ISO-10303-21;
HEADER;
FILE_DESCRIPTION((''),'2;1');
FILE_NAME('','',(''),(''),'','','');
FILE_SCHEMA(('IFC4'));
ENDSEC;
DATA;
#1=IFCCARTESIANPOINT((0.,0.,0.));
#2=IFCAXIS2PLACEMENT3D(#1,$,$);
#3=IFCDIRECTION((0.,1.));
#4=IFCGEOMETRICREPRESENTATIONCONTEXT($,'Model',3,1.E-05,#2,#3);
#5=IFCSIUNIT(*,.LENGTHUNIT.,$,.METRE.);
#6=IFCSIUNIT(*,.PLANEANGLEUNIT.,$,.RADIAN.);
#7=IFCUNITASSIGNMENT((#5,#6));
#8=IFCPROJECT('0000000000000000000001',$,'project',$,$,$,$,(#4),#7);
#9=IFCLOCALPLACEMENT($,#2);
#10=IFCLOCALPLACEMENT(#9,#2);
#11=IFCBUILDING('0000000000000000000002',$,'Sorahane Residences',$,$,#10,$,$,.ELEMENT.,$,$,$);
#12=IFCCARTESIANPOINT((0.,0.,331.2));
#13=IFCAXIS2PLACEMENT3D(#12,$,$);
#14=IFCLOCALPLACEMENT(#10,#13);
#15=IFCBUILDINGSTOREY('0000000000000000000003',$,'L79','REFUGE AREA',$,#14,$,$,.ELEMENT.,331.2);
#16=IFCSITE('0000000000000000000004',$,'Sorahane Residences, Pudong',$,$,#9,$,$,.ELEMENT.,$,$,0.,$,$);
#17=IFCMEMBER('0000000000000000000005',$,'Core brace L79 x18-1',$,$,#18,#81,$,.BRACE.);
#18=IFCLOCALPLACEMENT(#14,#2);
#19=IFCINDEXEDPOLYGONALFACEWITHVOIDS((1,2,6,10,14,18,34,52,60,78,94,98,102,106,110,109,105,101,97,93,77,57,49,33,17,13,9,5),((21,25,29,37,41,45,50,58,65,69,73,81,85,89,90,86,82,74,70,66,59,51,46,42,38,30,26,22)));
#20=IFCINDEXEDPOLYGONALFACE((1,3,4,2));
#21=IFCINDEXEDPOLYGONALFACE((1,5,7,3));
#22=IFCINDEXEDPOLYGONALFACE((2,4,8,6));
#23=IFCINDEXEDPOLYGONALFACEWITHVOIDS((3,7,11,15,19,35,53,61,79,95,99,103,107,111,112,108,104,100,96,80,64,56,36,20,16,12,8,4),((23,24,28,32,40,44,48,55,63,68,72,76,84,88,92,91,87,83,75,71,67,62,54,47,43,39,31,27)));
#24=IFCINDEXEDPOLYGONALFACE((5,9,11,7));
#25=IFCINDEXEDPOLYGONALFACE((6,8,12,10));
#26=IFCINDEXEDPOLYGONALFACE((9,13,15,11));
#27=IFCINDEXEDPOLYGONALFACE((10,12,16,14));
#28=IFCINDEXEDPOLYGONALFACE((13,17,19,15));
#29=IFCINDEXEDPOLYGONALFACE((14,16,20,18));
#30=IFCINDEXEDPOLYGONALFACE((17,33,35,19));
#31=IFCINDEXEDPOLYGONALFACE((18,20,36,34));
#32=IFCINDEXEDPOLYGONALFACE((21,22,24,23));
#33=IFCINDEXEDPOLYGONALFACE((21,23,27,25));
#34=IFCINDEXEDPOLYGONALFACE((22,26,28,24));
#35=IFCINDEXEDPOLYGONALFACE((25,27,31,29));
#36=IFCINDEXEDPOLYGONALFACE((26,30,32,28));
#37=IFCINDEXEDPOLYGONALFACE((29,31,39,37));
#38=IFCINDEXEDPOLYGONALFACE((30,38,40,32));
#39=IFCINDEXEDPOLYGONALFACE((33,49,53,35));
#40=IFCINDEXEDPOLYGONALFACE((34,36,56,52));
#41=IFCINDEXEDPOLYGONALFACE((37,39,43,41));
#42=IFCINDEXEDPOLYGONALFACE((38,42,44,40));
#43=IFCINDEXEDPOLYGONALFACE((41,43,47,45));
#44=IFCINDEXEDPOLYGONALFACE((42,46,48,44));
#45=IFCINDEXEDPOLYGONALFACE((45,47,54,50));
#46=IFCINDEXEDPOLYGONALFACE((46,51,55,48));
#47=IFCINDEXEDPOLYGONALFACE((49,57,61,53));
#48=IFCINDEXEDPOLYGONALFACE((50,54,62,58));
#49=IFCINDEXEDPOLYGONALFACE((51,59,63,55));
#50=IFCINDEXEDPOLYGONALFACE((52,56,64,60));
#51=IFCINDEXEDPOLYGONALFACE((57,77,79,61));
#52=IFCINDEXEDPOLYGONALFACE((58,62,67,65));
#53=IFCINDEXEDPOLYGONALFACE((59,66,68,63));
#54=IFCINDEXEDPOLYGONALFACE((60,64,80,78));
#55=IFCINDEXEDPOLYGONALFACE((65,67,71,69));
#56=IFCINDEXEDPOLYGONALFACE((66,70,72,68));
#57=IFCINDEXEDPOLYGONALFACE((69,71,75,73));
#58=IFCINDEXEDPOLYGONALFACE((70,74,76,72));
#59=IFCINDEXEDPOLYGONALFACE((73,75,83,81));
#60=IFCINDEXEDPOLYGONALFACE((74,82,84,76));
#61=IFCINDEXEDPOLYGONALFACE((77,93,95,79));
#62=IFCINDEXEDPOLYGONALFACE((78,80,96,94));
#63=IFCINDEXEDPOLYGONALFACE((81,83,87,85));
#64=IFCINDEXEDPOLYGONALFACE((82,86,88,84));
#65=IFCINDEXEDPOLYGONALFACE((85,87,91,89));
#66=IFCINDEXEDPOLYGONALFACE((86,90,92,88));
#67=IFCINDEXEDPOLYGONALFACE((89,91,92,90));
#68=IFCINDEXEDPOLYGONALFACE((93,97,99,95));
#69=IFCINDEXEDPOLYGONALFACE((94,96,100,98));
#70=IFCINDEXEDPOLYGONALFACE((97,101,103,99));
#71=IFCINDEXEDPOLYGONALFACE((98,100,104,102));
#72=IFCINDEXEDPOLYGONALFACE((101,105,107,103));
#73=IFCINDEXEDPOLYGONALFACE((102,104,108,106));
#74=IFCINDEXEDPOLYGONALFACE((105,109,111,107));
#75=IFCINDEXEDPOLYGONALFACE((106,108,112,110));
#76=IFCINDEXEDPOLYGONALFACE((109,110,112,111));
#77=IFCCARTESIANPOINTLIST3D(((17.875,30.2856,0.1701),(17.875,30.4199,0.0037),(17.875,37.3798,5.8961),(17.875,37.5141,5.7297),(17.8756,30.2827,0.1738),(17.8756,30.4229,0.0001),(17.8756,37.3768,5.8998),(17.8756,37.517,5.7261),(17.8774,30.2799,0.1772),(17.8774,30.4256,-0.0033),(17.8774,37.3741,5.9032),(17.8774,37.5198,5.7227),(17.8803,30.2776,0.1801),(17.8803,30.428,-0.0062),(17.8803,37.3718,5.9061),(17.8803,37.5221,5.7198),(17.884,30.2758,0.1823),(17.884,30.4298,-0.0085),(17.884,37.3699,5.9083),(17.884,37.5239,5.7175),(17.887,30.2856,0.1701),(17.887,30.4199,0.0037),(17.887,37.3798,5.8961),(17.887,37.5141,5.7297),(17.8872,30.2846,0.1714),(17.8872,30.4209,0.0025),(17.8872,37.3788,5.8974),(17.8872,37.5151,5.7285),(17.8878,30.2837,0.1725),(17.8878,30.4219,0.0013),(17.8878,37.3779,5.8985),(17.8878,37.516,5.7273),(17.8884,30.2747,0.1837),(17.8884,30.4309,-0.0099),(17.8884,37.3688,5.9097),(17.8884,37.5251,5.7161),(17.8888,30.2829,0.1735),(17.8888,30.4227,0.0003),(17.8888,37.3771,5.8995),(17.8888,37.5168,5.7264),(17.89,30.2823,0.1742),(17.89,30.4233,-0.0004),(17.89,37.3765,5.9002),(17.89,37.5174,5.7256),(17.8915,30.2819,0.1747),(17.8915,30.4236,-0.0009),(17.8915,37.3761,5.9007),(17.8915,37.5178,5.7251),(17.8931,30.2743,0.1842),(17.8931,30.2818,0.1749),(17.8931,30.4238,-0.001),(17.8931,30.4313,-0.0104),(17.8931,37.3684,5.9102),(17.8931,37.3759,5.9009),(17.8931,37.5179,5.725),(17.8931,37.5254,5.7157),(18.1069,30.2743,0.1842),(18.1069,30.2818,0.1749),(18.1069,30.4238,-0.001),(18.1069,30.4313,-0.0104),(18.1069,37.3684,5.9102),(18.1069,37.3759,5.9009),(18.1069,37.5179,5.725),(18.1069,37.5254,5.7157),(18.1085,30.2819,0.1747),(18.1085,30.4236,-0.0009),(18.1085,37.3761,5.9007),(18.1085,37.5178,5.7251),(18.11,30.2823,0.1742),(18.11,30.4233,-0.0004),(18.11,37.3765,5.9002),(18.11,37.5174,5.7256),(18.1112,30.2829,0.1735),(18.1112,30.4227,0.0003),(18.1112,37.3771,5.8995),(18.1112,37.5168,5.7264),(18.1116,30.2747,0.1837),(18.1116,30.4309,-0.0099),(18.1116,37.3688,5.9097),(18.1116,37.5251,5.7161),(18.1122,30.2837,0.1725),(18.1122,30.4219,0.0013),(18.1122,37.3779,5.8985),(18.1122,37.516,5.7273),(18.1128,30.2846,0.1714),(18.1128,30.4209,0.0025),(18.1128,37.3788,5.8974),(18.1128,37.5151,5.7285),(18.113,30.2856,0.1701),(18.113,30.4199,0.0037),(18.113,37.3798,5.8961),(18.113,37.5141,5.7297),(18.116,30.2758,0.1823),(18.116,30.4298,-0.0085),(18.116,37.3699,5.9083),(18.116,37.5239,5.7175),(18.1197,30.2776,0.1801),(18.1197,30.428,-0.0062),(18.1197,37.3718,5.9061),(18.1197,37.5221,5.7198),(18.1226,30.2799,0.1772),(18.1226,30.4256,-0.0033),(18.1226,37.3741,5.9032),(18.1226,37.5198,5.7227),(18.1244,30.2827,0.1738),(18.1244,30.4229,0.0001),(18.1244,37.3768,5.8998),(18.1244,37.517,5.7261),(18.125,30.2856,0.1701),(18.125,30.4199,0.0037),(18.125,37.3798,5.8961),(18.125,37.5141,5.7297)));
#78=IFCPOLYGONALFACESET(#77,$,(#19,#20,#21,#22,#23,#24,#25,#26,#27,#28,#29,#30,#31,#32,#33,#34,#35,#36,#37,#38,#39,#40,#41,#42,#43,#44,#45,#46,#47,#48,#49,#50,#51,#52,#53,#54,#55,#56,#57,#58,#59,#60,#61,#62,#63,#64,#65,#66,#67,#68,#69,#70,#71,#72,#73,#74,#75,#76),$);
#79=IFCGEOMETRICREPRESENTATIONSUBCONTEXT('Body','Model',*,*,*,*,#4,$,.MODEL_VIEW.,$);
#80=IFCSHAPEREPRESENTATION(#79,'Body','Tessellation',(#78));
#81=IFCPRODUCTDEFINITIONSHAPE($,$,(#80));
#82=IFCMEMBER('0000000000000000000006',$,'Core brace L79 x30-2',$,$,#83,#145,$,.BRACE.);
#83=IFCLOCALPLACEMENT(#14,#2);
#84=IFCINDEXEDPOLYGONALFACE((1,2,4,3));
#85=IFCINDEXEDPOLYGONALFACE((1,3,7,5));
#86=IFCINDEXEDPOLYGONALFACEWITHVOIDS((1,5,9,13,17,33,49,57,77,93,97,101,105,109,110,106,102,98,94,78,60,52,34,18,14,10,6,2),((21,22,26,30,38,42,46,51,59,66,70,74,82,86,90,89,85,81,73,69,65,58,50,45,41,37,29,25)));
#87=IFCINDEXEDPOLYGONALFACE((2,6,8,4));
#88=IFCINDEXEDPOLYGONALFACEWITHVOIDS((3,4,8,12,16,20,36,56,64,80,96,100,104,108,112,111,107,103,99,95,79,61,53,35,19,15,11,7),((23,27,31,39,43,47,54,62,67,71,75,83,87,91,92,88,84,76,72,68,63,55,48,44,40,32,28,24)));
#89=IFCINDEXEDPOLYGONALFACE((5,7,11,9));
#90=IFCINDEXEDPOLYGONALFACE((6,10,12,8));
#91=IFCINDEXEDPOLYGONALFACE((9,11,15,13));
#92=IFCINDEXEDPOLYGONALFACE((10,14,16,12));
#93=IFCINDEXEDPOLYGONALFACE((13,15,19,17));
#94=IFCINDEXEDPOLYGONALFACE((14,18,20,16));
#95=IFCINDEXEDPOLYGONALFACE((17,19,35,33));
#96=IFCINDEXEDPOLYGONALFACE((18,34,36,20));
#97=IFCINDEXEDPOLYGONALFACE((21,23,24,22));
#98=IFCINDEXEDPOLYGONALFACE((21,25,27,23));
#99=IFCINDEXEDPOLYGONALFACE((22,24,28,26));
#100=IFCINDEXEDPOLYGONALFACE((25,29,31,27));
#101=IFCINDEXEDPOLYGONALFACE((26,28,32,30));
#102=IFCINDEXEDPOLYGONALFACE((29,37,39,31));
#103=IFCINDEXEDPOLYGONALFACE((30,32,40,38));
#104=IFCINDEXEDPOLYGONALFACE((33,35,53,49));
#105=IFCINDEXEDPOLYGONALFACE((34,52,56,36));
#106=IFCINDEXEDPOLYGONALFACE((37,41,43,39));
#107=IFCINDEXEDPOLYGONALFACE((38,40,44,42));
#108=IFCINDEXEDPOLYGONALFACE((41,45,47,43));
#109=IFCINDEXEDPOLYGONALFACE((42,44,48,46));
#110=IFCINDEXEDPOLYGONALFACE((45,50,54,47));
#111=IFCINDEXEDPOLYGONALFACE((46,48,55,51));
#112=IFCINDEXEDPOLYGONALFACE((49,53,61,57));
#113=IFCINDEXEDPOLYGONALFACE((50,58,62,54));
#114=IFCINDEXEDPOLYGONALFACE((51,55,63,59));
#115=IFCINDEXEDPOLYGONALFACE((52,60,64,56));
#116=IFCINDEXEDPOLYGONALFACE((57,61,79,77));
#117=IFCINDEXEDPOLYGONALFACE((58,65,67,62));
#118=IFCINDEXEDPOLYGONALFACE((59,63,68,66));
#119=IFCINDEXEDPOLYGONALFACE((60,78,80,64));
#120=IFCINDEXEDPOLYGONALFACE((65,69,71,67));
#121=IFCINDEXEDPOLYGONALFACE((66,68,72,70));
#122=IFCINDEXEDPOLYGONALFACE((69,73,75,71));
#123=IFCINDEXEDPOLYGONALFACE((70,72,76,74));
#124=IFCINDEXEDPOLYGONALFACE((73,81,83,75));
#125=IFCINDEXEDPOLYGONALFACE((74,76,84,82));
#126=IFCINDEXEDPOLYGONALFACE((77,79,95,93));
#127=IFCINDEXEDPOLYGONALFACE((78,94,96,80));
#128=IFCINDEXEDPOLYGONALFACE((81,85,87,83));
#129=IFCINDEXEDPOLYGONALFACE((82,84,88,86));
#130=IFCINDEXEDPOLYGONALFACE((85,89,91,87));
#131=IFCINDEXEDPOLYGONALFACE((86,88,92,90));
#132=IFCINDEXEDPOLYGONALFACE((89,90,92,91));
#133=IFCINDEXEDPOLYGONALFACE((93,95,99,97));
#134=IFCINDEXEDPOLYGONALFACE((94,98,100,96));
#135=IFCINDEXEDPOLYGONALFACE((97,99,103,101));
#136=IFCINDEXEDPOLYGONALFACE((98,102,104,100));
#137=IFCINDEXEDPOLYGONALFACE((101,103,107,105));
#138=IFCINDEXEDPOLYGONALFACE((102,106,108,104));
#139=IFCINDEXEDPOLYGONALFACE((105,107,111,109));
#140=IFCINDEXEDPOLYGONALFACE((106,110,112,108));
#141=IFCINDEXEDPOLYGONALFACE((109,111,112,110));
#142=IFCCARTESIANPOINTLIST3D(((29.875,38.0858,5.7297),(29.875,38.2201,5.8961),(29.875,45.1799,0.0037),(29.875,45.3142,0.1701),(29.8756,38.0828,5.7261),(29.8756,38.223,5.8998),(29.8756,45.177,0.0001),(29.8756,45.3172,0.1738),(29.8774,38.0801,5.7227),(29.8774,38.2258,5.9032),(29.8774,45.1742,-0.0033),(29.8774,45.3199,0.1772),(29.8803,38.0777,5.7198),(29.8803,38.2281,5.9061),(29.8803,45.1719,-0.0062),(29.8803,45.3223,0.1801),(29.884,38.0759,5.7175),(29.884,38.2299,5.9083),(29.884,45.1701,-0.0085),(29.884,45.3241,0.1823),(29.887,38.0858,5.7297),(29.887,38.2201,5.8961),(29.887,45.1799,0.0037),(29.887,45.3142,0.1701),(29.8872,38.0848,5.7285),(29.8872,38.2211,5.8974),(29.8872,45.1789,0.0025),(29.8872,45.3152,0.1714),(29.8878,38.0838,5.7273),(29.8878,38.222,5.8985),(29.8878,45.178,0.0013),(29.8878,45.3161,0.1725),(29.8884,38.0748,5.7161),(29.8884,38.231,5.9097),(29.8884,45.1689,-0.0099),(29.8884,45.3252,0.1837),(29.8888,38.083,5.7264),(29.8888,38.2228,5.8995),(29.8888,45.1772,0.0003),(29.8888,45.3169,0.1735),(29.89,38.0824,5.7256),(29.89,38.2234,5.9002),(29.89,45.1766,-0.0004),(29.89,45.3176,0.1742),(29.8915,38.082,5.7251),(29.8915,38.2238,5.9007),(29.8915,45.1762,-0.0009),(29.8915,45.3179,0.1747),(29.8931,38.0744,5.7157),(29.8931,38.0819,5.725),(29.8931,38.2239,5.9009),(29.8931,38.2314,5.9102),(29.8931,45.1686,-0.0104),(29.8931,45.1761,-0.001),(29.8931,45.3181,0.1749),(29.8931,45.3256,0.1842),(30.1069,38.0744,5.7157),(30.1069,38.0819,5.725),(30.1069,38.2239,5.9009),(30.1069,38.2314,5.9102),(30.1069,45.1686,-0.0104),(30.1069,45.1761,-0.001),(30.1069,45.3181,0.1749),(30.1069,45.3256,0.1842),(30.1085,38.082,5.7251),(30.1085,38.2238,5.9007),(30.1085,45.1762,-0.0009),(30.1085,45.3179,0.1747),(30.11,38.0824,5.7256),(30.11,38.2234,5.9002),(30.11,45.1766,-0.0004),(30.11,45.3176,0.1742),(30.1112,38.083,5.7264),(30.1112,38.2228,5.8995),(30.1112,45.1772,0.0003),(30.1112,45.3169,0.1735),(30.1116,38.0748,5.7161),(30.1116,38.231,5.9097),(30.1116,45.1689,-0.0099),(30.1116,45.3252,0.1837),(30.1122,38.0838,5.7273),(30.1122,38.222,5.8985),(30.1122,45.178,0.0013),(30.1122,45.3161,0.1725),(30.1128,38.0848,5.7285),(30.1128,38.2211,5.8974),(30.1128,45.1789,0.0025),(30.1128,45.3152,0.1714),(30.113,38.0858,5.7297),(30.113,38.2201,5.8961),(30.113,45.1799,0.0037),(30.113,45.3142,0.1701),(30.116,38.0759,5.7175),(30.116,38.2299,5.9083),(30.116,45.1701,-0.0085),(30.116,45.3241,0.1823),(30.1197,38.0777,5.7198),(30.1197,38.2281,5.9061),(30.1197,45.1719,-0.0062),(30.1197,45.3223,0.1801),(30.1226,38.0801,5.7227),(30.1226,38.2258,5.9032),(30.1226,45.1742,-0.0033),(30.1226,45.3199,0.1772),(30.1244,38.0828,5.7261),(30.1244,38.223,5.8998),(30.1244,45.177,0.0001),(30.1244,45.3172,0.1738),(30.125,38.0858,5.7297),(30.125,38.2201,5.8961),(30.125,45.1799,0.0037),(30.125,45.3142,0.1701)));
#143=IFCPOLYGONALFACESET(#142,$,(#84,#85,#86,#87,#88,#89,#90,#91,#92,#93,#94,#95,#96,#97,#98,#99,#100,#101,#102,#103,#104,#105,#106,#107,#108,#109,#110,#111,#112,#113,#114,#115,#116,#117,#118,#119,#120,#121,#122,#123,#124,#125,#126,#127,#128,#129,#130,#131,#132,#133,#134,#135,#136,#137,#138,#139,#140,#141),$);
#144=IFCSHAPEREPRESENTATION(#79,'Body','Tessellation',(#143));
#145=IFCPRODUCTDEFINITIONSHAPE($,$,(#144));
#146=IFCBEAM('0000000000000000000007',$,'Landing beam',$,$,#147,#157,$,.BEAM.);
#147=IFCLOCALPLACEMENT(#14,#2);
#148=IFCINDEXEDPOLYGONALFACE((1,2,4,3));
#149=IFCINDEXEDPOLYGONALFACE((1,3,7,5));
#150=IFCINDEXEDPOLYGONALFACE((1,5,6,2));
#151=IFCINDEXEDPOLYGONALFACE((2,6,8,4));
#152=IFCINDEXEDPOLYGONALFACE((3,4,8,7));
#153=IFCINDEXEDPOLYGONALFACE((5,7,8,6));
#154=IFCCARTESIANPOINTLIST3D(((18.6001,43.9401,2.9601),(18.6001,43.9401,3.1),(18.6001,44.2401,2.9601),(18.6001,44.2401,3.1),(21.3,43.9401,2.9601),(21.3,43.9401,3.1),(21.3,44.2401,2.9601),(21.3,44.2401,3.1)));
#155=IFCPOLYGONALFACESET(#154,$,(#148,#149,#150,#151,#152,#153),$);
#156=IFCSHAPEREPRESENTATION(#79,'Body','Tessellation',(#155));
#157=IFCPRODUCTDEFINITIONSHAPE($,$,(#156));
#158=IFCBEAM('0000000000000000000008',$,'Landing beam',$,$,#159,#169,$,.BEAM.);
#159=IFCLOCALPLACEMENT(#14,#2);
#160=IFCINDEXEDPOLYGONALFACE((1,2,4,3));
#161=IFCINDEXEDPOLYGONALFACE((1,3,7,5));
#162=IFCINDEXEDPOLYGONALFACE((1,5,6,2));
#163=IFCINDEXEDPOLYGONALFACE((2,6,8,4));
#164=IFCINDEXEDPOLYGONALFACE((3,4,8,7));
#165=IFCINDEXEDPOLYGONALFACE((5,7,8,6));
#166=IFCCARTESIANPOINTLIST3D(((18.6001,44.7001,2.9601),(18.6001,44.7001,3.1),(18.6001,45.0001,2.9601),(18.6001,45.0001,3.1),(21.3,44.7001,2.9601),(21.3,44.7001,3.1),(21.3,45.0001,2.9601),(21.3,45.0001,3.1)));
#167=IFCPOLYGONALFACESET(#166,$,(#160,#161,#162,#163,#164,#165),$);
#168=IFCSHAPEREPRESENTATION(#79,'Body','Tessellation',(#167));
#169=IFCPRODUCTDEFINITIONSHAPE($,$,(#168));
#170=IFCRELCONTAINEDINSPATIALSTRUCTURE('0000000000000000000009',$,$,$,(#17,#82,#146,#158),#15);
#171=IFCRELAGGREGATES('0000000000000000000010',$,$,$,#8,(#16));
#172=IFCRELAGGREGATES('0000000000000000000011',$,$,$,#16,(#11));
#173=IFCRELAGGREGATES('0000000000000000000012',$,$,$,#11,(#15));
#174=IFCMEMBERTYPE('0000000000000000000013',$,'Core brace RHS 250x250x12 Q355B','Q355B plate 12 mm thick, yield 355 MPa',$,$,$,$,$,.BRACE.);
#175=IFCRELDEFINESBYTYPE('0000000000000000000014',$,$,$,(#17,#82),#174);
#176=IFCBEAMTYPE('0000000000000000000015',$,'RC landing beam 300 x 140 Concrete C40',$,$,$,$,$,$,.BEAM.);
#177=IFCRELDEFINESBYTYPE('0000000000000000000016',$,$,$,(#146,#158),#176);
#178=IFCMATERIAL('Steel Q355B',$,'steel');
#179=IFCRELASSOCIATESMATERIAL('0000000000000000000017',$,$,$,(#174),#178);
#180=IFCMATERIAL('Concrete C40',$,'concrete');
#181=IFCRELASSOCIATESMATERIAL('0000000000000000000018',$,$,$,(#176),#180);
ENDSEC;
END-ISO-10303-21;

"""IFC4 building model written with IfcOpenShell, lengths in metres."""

from ifc_helpers import new_model, si_unit, direction, frame, origin, origin_2d, place, context, subcontext, project, spatial, rectangle, hollow_rectangle, extrude, material, material_profile, profile_set, type_object, element, save


model = new_model("IFC4")

# Units and contexts
model_context = context("Model", 3, precision=1e-05, world=origin(), true_north=direction((0.0, 1.0)))
body_context = subcontext(model_context, "Body", "Model", "MODEL_VIEW")
ifc_project = project(units=[si_unit("LENGTHUNIT", "METRE"), si_unit("PLANEANGLEUNIT", "RADIAN")], contexts=[model_context])

# Site, building, storey
site_placement = place(None, origin())
site = spatial("IfcSite", under=ifc_project, at=site_placement, Name="Sorahane Residences, Pudong", CompositionType="ELEMENT", RefElevation=0.0)
building_placement = place(site_placement, origin())
building = spatial("IfcBuilding", under=site, at=building_placement, Name="Sorahane Residences", CompositionType="ELEMENT")
storey_placement = place(building_placement, frame((0.0, 0.0, 331.2)))
storey = spatial("IfcBuildingStorey", under=building, at=storey_placement, Name="L79", Description="REFUGE AREA", CompositionType="ELEMENT", Elevation=331.2)

# Members
ifc_material_1 = material(Name="Steel Q355B", Category="steel")
ifc_material_profile_1 = material_profile(ifc_material_1, hollow_rectangle(XDim=0.25, YDim=0.25, WallThickness=0.012, InnerFilletRadius=0.0061, OuterFilletRadius=0.0181, at=origin_2d()), Name="RHS 250x250x12")
ifc_profile_set_1 = profile_set([ifc_material_profile_1], Name="Steel Q355B")
member_type = type_object("IfcMemberType", Name="Core brace RHS 250x250x12 Q355B", Description="Q355B plate 12 mm thick, yield 355 MPa", PredefinedType="BRACE", material=ifc_profile_set_1)
for number, where, z_axis, x_axis, name in (
    (1, (18.0, 30.3528, 0.0869), (0.0, 0.77815, 0.628079), (-1.0, 0.0, 0.0), "Core brace L79 x18-1"),
    (2, (30.0, 45.2471, 0.0869), (0.0, -0.77815, 0.628079), (1.0, 0.0, 0.0), "Core brace L79 x30-2"),
):
    element("IfcMember", number, at=place(storey_placement, frame(where, z_axis=z_axis, x_axis=x_axis)), inside=storey, type_object=member_type, Name=name, PredefinedType="BRACE", context=body_context, shape_type="SweptSolid", body=[
        extrude(hollow_rectangle(XDim=0.25, YDim=0.25, WallThickness=0.012, InnerFilletRadius=0.0061, OuterFilletRadius=0.0181, at=origin_2d()), origin(), (0.0, 0.0, 1.0), 9.1167),
    ])

# Beams
ifc_material_2 = material(Name="Concrete C40", Category="concrete")
ifc_material_profile_2 = material_profile(ifc_material_2, rectangle(XDim=0.3, YDim=0.1399, at=origin_2d()), Name="300x140")
ifc_profile_set_2 = profile_set([ifc_material_profile_2], Name="Concrete C40")
beam_type_1 = type_object("IfcBeamType", Name="RC landing beam 300 x 140 Concrete C40", PredefinedType="BEAM", material=ifc_profile_set_2)
for number, where, z_axis, x_axis, name in (
    (3, (18.6001, 44.0901, 3.03), (1.0, 0.0, 0.0), (0.0, 1.0, 0.0), "Landing beam"),
    (4, (18.6001, 44.8501, 3.03), (1.0, 0.0, 0.0), (0.0, 1.0, 0.0), "Landing beam"),
):
    element("IfcBeam", number, at=place(storey_placement, frame(where, z_axis=z_axis, x_axis=x_axis)), inside=storey, type_object=beam_type_1, Name=name, PredefinedType="BEAM", context=body_context, shape_type="SweptSolid", body=[
        extrude(rectangle(XDim=0.3, YDim=0.1399, at=origin_2d()), origin(), (0.0, 0.0, 1.0), 2.7),
    ])

save(model, "model.ifc")
